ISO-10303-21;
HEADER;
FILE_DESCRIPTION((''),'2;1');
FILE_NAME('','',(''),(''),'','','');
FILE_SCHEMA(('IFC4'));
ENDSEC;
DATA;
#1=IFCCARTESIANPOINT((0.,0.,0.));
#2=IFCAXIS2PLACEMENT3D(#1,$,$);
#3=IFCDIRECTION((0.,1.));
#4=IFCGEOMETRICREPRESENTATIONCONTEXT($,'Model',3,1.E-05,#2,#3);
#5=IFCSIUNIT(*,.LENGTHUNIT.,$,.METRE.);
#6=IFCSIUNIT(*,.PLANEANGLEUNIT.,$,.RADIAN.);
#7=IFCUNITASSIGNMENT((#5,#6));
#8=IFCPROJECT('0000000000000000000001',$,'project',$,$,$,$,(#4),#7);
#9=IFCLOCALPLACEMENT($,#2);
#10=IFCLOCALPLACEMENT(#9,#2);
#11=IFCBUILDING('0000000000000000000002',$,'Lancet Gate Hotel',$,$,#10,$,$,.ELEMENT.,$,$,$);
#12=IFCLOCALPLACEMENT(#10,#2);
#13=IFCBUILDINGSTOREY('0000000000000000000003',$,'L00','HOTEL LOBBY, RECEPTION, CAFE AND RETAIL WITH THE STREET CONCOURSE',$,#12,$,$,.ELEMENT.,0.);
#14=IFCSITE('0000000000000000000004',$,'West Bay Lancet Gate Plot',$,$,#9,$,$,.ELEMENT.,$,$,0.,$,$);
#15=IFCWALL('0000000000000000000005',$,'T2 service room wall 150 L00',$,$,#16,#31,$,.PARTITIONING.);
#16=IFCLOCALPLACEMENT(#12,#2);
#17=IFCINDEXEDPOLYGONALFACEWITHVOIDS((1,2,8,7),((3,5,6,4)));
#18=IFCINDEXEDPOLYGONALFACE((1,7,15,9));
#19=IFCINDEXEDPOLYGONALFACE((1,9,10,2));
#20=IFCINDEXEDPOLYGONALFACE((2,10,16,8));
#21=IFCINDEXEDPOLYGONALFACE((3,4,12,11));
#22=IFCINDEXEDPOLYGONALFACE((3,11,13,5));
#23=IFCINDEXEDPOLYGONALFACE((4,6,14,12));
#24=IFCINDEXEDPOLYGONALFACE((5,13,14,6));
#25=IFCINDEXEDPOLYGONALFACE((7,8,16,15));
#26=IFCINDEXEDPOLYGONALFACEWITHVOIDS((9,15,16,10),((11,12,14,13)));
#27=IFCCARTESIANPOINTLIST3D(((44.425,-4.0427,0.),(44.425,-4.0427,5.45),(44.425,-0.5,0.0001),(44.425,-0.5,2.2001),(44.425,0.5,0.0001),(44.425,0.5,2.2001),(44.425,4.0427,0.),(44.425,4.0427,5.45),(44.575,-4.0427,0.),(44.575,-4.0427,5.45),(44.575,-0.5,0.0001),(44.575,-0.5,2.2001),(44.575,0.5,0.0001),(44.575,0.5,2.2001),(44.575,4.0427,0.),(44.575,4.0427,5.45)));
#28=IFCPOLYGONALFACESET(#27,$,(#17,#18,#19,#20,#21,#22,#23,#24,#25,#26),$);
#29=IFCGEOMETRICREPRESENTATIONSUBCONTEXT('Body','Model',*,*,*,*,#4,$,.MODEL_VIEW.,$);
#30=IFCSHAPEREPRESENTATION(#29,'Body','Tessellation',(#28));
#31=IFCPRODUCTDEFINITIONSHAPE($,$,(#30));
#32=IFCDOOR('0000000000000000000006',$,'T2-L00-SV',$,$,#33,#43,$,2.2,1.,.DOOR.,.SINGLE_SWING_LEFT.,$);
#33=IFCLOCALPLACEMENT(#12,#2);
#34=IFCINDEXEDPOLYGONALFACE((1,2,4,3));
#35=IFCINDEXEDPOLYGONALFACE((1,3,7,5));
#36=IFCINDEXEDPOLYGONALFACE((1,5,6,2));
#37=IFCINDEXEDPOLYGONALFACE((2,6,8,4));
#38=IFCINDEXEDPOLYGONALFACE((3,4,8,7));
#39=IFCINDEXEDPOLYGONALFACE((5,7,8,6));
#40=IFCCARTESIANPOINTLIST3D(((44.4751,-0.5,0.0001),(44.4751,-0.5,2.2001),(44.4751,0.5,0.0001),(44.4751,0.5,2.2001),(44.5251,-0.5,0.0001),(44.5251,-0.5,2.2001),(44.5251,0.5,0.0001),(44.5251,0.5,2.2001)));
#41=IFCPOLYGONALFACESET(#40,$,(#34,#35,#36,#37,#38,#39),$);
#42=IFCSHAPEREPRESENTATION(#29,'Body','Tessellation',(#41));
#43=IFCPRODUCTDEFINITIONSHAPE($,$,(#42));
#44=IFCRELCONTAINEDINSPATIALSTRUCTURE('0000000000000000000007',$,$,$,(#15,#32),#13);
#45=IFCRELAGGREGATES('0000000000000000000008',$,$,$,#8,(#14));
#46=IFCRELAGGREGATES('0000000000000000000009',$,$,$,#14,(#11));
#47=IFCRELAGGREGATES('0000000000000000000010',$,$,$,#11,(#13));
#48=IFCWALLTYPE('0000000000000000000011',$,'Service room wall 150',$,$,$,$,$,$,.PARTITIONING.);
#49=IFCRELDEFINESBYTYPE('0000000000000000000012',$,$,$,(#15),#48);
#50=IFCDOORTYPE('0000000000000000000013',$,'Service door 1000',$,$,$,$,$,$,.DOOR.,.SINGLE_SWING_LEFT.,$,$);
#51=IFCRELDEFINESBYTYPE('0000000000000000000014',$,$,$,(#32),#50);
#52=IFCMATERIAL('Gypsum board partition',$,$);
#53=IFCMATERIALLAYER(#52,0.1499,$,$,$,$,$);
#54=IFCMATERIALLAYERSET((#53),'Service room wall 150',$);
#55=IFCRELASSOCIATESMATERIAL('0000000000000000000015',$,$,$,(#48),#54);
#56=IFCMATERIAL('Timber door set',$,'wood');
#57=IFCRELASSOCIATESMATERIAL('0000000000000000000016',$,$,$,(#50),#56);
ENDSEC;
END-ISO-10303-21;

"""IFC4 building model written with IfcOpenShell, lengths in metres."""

from ifc_helpers import new_model, si_unit, direction, frame, frame_2d, origin, place, context, subcontext, project, spatial, rectangle, extrude, material, layer, layer_set, type_object, element, fill, save


model = new_model("IFC4")

# Units and contexts
model_context = context("Model", 3, precision=1e-05, world=origin(), true_north=direction((0.0, 1.0)))
body_context = subcontext(model_context, "Body", "Model", "MODEL_VIEW")
ifc_project = project(units=[si_unit("LENGTHUNIT", "METRE"), si_unit("PLANEANGLEUNIT", "RADIAN")], contexts=[model_context])

# Site, building, storey
site_placement = place(None, origin())
site = spatial("IfcSite", under=ifc_project, at=site_placement, Name="West Bay Lancet Gate Plot", CompositionType="ELEMENT", RefElevation=0.0)
building_placement = place(site_placement, origin())
building = spatial("IfcBuilding", under=site, at=building_placement, Name="Lancet Gate Hotel", CompositionType="ELEMENT")
storey_placement = place(building_placement, origin())
storey = spatial("IfcBuildingStorey", under=building, at=storey_placement, Name="L00", Description="HOTEL LOBBY, RECEPTION, CAFE AND RETAIL WITH THE STREET CONCOURSE", CompositionType="ELEMENT", Elevation=0.0)

# Wall, opening, door
ifc_material_1 = material(Name="Gypsum board partition")
ifc_layer_1 = layer(ifc_material_1, 0.1499)
ifc_layer_set_1 = layer_set([ifc_layer_1], Name="Service room wall 150")
wall_type_1 = type_object("IfcWallType", Name="Service room wall 150", PredefinedType="PARTITIONING", material=ifc_layer_set_1)
wall_1_placement = place(storey_placement, frame((44.5, -4.0427, 0.0), z_axis=(0.0, 0.0, 1.0), x_axis=(0.0, 1.0, 0.0)))
wall_1 = element("IfcWall", 1, at=wall_1_placement, inside=storey, type_object=wall_type_1, Name="T2 service room wall 150 L00", PredefinedType="PARTITIONING", context=body_context, shape_type="SweptSolid", body=[
    extrude(rectangle(XDim=8.0854, YDim=0.1499, at=frame_2d((4.0427, 0.0))), origin(), (0.0, 0.0, 1.0), 5.45),
])
opening_1_placement = place(wall_1_placement, frame((3.5427, 0.0, 0.0)))
opening_1 = element("IfcOpeningElement", 2, at=opening_1_placement, cuts=wall_1, PredefinedType="OPENING", context=body_context, shape_type="SweptSolid", body=[
    extrude(rectangle(XDim=1.0, YDim=2.2, at=frame_2d((0.5, 1.1001))), frame((0.0, 0.085, 0.0), z_axis=(0.0, -1.0, 0.0), x_axis=(1.0, 0.0, 0.0)), (0.0, 0.0, 1.0), 0.1699),
])
ifc_material_2 = material(Name="Timber door set", Category="wood")
door_type_1 = type_object("IfcDoorType", Name="Service door 1000", OperationType="SINGLE_SWING_LEFT", PredefinedType="DOOR", material=ifc_material_2)
door_1_placement = place(opening_1_placement, origin())
door_1 = element("IfcDoor", 3, at=door_1_placement, inside=storey, type_object=door_type_1, Name="T2-L00-SV", OperationType="SINGLE_SWING_LEFT", OverallHeight=2.2, OverallWidth=1.0, PredefinedType="DOOR", context=body_context, shape_type="SweptSolid", body=[
    extrude(rectangle(XDim=1.0, YDim=2.2, at=frame_2d((0.5, 1.1001))), frame((0.0, 0.0249, 0.0), z_axis=(0.0, -1.0, 0.0), x_axis=(1.0, 0.0, 0.0)), (0.0, 0.0, 1.0), 0.05),
])
fill(opening_1, door_1)

save(model, "model.ifc")
